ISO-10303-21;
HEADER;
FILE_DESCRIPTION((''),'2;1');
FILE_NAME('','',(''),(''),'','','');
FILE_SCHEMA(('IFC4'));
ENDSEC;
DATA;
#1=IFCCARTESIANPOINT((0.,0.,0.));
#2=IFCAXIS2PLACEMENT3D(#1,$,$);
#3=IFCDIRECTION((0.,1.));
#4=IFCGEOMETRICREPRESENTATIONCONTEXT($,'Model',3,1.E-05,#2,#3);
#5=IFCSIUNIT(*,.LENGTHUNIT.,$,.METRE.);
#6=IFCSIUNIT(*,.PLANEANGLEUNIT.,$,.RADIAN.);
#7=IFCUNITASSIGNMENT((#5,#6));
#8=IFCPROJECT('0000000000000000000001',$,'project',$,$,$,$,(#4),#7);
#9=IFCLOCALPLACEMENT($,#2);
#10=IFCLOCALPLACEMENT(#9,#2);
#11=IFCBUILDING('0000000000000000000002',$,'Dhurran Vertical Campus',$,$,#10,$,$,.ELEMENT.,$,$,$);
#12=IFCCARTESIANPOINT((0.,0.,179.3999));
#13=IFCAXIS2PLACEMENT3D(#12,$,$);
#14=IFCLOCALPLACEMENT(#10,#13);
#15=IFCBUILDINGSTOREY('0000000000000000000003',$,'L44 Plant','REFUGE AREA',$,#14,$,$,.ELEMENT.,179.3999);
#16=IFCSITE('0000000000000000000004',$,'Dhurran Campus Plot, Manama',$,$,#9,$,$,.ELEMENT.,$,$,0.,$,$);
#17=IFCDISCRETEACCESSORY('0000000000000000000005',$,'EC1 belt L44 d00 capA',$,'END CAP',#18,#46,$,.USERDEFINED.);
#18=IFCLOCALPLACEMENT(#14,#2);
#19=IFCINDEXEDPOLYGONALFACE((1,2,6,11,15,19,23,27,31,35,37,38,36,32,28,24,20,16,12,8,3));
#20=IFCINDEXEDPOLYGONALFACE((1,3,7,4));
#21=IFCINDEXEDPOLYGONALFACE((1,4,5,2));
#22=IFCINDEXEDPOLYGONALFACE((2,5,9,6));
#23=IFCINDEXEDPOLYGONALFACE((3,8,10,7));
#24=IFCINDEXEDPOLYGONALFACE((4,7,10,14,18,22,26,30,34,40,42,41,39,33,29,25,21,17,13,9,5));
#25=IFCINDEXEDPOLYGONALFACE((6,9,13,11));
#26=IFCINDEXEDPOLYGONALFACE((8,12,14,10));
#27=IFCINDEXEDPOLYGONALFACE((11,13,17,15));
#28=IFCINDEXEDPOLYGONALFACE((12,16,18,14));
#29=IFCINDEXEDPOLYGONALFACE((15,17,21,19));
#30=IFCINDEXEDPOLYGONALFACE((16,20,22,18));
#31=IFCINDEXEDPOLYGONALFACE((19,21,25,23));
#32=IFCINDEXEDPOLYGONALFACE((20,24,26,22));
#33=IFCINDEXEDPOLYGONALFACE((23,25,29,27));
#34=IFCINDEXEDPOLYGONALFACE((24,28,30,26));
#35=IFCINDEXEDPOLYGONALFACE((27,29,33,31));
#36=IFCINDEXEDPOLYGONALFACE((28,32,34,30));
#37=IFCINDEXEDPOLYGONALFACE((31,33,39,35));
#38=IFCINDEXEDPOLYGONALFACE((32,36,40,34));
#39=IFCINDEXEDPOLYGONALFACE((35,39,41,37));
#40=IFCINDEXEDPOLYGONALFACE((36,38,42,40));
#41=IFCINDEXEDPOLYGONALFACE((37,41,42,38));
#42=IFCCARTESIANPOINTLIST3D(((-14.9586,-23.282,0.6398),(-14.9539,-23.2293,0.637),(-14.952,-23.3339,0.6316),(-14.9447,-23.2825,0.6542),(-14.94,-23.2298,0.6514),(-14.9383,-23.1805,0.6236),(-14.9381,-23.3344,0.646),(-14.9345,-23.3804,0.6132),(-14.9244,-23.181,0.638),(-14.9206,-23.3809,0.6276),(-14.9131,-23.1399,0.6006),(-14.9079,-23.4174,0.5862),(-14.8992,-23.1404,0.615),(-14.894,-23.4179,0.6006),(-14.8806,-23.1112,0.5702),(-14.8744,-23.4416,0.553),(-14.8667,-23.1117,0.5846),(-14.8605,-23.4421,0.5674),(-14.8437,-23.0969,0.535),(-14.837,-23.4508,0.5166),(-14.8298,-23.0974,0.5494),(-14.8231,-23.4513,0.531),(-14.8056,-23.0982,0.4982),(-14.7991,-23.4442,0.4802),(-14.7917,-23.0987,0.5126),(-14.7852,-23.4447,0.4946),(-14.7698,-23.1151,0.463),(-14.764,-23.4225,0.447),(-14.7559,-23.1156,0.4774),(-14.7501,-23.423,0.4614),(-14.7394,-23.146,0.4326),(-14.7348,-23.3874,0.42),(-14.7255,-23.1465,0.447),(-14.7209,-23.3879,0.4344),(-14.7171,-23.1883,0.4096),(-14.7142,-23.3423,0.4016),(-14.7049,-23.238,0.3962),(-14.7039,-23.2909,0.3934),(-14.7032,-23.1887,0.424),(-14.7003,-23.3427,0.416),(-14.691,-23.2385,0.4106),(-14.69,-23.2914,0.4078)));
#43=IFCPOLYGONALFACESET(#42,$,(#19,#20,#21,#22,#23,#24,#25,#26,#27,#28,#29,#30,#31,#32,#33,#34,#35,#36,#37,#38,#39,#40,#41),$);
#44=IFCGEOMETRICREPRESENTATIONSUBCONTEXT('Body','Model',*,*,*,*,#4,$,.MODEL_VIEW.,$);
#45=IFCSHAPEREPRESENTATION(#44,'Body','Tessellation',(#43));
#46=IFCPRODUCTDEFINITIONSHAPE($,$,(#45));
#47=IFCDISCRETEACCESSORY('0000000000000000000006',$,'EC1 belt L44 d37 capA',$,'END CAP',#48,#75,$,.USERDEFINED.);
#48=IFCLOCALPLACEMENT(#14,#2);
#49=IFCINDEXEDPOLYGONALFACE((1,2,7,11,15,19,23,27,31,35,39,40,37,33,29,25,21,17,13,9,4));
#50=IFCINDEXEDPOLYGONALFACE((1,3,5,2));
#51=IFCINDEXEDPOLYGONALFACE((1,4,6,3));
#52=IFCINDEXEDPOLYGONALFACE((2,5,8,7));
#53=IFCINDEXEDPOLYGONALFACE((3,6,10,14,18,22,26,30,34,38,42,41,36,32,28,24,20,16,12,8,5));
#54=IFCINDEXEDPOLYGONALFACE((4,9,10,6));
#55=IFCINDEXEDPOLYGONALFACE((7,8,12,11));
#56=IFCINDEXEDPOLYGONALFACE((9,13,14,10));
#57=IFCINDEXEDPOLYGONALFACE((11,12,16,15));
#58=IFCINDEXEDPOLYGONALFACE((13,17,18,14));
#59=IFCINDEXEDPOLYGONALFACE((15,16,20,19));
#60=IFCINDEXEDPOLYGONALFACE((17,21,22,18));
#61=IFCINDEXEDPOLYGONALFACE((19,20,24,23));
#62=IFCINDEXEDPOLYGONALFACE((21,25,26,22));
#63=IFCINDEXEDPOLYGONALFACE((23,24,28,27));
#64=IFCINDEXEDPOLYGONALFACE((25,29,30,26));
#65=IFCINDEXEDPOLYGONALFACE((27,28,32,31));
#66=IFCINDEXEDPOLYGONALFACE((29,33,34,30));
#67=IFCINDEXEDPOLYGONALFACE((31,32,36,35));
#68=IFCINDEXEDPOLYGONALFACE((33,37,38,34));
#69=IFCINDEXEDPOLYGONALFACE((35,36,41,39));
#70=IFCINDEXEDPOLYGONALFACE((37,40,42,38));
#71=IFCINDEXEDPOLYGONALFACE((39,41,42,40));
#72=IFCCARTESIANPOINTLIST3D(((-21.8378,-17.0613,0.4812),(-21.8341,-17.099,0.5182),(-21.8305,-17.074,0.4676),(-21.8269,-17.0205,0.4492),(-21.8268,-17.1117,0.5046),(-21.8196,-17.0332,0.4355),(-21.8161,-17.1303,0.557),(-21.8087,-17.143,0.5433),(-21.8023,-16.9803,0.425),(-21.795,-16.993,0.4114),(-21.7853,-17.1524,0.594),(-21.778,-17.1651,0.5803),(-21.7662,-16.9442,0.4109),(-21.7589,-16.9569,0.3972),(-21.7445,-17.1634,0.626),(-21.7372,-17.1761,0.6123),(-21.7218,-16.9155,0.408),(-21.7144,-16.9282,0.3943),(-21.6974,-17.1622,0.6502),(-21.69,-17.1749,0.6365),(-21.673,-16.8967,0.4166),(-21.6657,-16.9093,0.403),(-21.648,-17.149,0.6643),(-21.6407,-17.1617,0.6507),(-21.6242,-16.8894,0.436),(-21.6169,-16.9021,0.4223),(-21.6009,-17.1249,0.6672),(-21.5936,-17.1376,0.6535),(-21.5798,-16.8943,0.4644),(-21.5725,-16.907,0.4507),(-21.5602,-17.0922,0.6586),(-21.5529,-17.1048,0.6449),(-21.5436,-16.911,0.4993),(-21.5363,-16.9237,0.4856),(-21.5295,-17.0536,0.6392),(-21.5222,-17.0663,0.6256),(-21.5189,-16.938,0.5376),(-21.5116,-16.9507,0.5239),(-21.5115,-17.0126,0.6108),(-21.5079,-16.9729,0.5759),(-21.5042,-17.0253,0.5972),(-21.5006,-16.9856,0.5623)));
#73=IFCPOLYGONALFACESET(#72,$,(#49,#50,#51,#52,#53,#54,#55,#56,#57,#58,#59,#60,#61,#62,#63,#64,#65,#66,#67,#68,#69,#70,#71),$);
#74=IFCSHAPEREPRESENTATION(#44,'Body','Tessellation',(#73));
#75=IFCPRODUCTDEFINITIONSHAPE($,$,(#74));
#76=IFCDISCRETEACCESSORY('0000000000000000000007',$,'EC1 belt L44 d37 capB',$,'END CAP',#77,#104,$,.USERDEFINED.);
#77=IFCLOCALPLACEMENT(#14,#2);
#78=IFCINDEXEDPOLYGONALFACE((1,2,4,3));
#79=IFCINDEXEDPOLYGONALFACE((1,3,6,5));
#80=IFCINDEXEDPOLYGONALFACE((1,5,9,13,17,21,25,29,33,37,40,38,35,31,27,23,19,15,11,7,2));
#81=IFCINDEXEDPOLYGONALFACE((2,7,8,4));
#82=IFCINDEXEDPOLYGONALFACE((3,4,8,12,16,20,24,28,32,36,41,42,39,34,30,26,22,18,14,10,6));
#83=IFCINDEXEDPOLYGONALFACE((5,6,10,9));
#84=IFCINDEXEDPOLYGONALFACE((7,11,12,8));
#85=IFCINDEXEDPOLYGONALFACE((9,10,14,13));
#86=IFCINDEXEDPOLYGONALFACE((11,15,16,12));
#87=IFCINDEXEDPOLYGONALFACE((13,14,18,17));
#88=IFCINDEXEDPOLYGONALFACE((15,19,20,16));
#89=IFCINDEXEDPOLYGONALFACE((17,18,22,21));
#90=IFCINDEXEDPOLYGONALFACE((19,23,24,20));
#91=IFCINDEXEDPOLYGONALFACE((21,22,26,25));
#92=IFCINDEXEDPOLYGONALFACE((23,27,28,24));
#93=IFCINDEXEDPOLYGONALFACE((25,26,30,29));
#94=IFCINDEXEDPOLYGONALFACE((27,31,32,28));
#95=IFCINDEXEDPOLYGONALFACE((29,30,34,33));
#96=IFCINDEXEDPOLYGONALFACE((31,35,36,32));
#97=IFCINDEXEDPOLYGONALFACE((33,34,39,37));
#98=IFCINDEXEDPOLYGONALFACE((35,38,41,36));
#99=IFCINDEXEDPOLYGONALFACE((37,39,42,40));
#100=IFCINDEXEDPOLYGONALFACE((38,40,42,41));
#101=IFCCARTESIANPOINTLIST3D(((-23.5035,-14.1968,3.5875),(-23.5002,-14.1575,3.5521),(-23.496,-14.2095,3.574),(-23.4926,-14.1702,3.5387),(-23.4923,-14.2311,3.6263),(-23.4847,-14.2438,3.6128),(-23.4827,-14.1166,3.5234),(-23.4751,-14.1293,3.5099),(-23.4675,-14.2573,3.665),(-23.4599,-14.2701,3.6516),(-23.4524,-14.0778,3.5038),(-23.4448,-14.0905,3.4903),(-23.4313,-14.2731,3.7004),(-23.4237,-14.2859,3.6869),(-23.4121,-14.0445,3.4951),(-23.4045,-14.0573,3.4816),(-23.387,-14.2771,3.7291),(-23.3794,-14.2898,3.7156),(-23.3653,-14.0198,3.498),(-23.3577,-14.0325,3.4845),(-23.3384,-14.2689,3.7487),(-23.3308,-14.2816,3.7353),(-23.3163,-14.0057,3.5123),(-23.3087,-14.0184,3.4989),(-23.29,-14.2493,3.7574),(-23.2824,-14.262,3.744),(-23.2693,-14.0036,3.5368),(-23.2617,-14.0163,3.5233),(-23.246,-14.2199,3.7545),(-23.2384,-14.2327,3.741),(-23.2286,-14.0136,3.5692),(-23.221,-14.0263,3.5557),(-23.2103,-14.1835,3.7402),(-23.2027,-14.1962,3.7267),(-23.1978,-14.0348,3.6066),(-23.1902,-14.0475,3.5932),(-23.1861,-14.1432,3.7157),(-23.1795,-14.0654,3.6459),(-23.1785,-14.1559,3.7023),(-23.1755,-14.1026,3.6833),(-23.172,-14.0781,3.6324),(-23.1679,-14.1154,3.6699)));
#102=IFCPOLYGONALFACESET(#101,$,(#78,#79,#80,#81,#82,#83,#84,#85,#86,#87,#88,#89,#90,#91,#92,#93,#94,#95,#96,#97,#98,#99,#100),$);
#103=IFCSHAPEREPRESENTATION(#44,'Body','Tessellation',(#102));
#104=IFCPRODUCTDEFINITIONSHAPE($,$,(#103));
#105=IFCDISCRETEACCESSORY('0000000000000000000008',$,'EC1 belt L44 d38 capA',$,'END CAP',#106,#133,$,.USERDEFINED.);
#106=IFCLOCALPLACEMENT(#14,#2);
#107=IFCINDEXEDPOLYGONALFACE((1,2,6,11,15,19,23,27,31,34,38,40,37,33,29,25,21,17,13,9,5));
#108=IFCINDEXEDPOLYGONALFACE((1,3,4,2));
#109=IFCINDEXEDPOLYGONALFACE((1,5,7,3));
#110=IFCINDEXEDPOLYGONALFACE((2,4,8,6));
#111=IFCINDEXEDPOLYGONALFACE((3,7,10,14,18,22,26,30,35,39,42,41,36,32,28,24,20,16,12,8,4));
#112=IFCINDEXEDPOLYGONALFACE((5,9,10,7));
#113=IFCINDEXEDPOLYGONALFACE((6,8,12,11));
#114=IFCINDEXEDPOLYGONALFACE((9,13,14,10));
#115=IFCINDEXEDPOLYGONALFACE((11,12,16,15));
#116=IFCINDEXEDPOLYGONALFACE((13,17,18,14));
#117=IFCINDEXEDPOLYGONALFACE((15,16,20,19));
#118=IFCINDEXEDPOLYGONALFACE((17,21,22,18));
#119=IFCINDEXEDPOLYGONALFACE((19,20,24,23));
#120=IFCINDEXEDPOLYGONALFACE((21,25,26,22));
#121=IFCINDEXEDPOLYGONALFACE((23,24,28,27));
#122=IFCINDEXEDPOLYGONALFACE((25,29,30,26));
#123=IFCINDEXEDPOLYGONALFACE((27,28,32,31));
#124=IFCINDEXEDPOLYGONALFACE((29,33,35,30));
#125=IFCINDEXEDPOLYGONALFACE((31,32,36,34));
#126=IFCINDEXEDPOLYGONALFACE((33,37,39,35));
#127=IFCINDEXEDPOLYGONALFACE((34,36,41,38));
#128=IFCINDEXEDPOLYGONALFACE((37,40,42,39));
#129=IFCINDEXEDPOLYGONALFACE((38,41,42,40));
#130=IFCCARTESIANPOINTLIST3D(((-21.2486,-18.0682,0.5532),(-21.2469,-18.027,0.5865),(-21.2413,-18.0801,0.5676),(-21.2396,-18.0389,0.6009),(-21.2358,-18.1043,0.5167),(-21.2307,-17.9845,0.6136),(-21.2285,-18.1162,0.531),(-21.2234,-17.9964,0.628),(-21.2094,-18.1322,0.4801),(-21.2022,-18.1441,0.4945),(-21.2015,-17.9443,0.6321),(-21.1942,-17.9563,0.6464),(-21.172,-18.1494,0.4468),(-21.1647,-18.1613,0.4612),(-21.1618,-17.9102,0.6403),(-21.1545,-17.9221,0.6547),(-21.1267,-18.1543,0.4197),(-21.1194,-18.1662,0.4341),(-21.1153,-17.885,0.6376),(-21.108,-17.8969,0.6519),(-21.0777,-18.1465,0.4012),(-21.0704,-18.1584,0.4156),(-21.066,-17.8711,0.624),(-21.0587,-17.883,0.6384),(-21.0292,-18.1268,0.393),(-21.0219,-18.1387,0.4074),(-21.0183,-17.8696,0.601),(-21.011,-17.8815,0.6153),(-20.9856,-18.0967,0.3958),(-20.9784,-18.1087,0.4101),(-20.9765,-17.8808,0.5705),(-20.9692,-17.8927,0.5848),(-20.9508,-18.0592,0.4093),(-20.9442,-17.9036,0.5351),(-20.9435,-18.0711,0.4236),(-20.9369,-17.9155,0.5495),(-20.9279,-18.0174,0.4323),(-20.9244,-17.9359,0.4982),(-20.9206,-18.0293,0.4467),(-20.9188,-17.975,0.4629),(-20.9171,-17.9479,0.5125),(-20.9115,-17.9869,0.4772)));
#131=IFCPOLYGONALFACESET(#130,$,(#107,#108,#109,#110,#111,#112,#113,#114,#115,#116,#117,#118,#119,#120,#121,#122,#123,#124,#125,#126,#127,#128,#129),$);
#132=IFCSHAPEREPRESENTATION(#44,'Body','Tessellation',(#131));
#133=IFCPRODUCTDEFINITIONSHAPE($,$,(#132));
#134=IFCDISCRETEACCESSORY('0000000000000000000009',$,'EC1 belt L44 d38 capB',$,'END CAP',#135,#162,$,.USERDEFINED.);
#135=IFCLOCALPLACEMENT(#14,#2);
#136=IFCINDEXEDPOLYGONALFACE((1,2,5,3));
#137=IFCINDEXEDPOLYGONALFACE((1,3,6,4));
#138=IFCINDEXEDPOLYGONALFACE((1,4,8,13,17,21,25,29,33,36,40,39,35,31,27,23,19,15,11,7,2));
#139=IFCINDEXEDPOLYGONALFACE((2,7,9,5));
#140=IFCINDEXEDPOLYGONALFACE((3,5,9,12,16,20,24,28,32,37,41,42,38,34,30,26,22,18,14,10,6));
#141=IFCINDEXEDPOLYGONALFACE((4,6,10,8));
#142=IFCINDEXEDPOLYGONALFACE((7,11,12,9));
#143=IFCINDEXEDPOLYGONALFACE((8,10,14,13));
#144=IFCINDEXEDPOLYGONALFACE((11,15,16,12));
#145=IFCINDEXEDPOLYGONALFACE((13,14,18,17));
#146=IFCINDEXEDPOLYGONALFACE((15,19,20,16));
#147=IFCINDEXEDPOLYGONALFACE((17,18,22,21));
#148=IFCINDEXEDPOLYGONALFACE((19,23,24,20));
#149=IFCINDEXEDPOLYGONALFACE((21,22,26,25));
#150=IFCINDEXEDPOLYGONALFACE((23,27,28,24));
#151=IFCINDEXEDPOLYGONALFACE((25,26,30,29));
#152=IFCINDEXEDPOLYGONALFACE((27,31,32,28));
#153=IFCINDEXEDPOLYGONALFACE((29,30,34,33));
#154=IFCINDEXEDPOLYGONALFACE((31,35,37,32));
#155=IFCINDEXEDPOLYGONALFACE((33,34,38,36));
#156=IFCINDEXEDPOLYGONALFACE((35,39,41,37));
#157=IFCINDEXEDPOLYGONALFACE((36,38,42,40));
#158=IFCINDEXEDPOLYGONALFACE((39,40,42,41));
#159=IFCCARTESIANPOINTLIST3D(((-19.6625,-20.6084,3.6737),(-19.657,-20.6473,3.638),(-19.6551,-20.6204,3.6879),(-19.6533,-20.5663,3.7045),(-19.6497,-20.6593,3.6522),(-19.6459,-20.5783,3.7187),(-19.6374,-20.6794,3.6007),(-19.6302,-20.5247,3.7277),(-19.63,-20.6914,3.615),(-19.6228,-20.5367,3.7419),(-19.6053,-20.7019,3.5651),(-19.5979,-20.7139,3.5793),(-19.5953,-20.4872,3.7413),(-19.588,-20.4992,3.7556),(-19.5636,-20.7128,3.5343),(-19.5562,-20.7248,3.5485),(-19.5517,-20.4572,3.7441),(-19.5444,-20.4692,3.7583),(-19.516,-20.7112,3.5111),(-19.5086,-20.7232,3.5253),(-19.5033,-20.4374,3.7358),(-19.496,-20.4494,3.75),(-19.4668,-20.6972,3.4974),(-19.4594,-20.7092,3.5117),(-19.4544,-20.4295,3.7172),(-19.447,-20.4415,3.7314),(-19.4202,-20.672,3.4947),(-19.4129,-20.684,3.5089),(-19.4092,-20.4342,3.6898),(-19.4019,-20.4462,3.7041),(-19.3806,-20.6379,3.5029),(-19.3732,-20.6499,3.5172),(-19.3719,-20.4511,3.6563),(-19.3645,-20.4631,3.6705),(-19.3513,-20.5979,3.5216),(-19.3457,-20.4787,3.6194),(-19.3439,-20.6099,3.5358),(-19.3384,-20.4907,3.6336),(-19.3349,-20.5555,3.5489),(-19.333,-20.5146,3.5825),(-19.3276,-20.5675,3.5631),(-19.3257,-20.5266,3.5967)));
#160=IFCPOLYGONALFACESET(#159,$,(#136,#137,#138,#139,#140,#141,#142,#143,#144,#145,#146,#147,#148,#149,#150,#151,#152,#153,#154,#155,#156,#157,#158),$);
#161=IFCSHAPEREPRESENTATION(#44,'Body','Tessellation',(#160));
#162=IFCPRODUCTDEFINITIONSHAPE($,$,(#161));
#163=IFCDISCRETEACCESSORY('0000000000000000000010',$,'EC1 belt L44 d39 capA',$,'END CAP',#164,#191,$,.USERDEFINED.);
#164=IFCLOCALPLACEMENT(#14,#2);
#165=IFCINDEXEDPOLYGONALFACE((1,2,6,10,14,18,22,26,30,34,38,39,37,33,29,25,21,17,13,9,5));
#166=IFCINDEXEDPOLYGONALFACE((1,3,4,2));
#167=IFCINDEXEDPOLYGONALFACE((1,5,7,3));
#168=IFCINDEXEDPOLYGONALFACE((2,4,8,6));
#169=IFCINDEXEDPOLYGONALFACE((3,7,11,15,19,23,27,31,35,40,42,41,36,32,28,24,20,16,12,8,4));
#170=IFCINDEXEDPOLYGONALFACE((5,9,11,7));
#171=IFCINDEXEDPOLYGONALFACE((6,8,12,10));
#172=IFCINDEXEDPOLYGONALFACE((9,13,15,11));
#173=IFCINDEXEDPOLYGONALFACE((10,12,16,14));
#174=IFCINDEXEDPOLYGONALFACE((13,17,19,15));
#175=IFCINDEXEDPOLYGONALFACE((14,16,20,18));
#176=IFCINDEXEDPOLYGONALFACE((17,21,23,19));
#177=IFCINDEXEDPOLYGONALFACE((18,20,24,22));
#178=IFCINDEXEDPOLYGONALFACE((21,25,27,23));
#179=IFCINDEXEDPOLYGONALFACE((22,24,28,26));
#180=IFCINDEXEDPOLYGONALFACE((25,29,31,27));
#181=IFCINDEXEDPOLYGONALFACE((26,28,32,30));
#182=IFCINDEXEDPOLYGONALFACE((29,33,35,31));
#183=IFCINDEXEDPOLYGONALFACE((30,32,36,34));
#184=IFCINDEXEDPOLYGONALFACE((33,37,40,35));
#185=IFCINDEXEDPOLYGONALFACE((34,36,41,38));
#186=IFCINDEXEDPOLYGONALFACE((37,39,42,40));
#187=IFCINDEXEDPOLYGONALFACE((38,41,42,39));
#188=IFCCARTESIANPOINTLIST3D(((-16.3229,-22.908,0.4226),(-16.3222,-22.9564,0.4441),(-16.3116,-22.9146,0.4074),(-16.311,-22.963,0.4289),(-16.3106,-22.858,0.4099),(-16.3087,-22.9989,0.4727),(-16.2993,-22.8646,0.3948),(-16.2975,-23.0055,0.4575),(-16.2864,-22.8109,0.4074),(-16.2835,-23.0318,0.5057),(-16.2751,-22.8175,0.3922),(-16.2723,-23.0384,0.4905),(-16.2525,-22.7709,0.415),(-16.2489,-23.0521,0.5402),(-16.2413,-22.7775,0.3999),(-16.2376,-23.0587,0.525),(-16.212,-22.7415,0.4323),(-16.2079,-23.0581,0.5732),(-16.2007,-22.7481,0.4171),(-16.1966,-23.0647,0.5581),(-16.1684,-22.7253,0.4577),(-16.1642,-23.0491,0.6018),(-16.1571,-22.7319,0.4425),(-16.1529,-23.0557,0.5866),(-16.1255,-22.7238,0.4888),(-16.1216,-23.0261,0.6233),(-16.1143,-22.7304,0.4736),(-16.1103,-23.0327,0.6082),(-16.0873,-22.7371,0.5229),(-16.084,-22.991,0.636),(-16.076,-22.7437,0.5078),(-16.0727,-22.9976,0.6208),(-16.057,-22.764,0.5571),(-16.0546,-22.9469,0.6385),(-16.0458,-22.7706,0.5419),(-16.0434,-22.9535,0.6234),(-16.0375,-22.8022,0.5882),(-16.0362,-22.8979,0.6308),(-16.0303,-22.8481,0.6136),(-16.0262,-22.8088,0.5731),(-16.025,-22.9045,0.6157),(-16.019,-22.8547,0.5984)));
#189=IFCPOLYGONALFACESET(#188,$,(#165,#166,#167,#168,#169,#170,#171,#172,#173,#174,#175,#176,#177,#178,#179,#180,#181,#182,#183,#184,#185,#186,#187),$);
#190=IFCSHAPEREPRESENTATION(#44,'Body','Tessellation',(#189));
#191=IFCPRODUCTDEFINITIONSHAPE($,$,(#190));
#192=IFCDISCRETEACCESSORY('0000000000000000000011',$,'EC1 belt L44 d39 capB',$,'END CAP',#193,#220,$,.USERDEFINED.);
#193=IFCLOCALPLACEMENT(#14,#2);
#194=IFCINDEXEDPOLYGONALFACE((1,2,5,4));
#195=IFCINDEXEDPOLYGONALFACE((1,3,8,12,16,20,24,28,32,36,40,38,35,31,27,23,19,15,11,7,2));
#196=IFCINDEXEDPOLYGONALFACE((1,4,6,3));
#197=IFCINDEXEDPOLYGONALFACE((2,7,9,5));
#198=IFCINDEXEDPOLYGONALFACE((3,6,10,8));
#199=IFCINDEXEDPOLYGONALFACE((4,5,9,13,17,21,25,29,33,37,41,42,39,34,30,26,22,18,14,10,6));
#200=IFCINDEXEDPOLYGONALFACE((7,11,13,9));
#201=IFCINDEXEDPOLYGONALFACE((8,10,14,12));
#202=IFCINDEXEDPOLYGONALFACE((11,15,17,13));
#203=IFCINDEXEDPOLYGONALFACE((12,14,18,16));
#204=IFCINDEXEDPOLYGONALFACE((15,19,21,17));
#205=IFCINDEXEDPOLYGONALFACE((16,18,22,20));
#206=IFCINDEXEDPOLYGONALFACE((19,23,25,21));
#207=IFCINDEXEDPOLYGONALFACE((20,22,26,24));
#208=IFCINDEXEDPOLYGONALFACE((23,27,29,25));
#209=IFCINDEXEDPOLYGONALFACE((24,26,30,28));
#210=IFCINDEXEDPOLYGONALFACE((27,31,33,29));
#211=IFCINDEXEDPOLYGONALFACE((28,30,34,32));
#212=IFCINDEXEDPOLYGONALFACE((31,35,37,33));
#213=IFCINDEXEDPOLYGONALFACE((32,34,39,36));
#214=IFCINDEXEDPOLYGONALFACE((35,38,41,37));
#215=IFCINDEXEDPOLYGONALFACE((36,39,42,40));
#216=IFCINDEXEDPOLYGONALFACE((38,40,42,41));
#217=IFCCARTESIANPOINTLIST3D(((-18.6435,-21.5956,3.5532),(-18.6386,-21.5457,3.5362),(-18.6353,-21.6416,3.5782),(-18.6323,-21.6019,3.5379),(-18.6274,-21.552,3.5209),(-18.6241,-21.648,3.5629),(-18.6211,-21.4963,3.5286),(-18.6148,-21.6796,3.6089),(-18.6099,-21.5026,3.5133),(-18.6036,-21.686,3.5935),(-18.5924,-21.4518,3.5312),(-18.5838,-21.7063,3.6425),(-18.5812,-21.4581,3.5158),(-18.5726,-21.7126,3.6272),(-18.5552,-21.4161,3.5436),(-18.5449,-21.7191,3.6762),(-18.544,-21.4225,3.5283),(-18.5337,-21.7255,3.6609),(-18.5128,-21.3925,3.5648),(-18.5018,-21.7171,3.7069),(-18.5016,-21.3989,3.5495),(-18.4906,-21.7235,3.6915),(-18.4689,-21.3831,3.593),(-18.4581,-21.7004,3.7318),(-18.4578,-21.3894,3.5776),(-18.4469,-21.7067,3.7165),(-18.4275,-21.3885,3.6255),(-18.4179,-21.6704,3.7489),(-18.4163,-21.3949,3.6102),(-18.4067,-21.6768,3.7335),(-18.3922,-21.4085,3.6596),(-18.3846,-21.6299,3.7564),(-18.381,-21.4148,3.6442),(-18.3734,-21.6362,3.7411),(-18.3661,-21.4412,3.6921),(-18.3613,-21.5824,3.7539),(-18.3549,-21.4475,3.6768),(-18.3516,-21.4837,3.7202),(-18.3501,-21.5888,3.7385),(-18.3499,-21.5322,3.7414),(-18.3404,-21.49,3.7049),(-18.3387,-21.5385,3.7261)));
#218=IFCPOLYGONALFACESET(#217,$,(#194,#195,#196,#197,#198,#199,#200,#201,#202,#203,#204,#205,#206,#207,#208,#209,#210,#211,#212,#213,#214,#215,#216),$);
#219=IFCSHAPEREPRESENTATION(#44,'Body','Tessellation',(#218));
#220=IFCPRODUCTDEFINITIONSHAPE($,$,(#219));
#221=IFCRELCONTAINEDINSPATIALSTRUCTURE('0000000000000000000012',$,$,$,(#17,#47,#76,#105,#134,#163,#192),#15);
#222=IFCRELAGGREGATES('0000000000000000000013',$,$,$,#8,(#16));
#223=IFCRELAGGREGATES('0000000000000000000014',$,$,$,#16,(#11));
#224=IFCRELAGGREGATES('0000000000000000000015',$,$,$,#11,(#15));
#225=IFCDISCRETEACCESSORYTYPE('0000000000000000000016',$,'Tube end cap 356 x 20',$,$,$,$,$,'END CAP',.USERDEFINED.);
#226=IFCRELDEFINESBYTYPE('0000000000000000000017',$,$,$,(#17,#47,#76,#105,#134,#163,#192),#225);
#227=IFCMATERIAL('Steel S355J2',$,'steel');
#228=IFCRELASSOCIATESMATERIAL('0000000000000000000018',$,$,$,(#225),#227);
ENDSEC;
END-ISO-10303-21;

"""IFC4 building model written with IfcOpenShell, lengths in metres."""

from ifc_helpers import new_model, si_unit, direction, frame, origin, origin_2d, place, context, subcontext, project, spatial, circle, extrude, material, material_profile, profile_set, type_object, element, save


model = new_model("IFC4")

# Units and contexts
model_context = context("Model", 3, precision=1e-05, world=origin(), true_north=direction((0.0, 1.0)))
body_context = subcontext(model_context, "Body", "Model", "MODEL_VIEW")
ifc_project = project(units=[si_unit("LENGTHUNIT", "METRE"), si_unit("PLANEANGLEUNIT", "RADIAN")], contexts=[model_context])

# Site, building, storey
site_placement = place(None, origin())
site = spatial("IfcSite", under=ifc_project, at=site_placement, Name="Dhurran Campus Plot, Manama", CompositionType="ELEMENT", RefElevation=0.0)
building_placement = place(site_placement, origin())
building = spatial("IfcBuilding", under=site, at=building_placement, Name="Dhurran Vertical Campus", CompositionType="ELEMENT")
storey_placement = place(building_placement, frame((0.0, 0.0, 179.3999)))
storey = spatial("IfcBuildingStorey", under=building, at=storey_placement, Name="L44 Plant", Description="REFUGE AREA", CompositionType="ELEMENT", Elevation=179.3999)

# Discrete accessories
ifc_material_1 = material(Name="Steel S355J2", Category="steel")
ifc_material_profile_1 = material_profile(ifc_material_1, circle(Radius=0.1777, at=origin_2d()), Name="Tube end cap 356 x 20")
ifc_profile_set_1 = profile_set([ifc_material_profile_1], Name="Steel S355J2")
discrete_accessory_type = type_object("IfcDiscreteAccessoryType", Name="Tube end cap 356 x 20", ElementType="END CAP", PredefinedType="USERDEFINED", material=ifc_profile_set_1)
for number, where, z_axis, x_axis, name in (
    (1, (-14.8169, -23.2737, 0.531), (-0.694606, 0.024372, -0.718978), (-0.035066, -0.999385, 0.0), "EC1 belt L44 d00 capA"),
    (2, (-21.6729, -17.0269, 0.5376), (0.365419, -0.633393, -0.682116), (0.866186, 0.499722, 0.0), "EC1 belt L44 d37 capA"),
    (3, (-23.332, -14.1528, 3.6128), (-0.379008, 0.635756, 0.672434), (-0.858947, -0.512065, 0.0), "EC1 belt L44 d37 capB"),
    (4, (-21.0769, -18.0234, 0.531), (-0.364286, 0.595, -0.716429), (-0.852851, -0.522154, 0.0), "EC1 belt L44 d38 capA"),
    (5, (-19.4973, -20.5715, 3.6194), (0.367469, -0.6002, 0.710441), (0.852851, 0.522154, 0.0), "EC1 belt L44 d38 capB"),
    (6, (-16.1772, -22.8904, 0.5229), (0.562441, -0.330129, -0.758073), (0.506201, 0.862416, 0.0), "EC1 belt L44 d39 capA"),
    (7, (-18.4851, -21.5579, 3.6272), (-0.559439, 0.316204, 0.766188), (-0.492057, -0.870563, 0.0), "EC1 belt L44 d39 capB"),
):
    element("IfcDiscreteAccessory", number, at=place(storey_placement, frame(where, z_axis=z_axis, x_axis=x_axis)), inside=storey, type_object=discrete_accessory_type, Name=name, ObjectType="END CAP", PredefinedType="USERDEFINED", context=body_context, shape_type="SweptSolid", body=[
        extrude(circle(Radius=0.1777, at=origin_2d()), origin(), (0.0, 0.0, 1.0), 0.02),
    ])

save(model, "model.ifc")
